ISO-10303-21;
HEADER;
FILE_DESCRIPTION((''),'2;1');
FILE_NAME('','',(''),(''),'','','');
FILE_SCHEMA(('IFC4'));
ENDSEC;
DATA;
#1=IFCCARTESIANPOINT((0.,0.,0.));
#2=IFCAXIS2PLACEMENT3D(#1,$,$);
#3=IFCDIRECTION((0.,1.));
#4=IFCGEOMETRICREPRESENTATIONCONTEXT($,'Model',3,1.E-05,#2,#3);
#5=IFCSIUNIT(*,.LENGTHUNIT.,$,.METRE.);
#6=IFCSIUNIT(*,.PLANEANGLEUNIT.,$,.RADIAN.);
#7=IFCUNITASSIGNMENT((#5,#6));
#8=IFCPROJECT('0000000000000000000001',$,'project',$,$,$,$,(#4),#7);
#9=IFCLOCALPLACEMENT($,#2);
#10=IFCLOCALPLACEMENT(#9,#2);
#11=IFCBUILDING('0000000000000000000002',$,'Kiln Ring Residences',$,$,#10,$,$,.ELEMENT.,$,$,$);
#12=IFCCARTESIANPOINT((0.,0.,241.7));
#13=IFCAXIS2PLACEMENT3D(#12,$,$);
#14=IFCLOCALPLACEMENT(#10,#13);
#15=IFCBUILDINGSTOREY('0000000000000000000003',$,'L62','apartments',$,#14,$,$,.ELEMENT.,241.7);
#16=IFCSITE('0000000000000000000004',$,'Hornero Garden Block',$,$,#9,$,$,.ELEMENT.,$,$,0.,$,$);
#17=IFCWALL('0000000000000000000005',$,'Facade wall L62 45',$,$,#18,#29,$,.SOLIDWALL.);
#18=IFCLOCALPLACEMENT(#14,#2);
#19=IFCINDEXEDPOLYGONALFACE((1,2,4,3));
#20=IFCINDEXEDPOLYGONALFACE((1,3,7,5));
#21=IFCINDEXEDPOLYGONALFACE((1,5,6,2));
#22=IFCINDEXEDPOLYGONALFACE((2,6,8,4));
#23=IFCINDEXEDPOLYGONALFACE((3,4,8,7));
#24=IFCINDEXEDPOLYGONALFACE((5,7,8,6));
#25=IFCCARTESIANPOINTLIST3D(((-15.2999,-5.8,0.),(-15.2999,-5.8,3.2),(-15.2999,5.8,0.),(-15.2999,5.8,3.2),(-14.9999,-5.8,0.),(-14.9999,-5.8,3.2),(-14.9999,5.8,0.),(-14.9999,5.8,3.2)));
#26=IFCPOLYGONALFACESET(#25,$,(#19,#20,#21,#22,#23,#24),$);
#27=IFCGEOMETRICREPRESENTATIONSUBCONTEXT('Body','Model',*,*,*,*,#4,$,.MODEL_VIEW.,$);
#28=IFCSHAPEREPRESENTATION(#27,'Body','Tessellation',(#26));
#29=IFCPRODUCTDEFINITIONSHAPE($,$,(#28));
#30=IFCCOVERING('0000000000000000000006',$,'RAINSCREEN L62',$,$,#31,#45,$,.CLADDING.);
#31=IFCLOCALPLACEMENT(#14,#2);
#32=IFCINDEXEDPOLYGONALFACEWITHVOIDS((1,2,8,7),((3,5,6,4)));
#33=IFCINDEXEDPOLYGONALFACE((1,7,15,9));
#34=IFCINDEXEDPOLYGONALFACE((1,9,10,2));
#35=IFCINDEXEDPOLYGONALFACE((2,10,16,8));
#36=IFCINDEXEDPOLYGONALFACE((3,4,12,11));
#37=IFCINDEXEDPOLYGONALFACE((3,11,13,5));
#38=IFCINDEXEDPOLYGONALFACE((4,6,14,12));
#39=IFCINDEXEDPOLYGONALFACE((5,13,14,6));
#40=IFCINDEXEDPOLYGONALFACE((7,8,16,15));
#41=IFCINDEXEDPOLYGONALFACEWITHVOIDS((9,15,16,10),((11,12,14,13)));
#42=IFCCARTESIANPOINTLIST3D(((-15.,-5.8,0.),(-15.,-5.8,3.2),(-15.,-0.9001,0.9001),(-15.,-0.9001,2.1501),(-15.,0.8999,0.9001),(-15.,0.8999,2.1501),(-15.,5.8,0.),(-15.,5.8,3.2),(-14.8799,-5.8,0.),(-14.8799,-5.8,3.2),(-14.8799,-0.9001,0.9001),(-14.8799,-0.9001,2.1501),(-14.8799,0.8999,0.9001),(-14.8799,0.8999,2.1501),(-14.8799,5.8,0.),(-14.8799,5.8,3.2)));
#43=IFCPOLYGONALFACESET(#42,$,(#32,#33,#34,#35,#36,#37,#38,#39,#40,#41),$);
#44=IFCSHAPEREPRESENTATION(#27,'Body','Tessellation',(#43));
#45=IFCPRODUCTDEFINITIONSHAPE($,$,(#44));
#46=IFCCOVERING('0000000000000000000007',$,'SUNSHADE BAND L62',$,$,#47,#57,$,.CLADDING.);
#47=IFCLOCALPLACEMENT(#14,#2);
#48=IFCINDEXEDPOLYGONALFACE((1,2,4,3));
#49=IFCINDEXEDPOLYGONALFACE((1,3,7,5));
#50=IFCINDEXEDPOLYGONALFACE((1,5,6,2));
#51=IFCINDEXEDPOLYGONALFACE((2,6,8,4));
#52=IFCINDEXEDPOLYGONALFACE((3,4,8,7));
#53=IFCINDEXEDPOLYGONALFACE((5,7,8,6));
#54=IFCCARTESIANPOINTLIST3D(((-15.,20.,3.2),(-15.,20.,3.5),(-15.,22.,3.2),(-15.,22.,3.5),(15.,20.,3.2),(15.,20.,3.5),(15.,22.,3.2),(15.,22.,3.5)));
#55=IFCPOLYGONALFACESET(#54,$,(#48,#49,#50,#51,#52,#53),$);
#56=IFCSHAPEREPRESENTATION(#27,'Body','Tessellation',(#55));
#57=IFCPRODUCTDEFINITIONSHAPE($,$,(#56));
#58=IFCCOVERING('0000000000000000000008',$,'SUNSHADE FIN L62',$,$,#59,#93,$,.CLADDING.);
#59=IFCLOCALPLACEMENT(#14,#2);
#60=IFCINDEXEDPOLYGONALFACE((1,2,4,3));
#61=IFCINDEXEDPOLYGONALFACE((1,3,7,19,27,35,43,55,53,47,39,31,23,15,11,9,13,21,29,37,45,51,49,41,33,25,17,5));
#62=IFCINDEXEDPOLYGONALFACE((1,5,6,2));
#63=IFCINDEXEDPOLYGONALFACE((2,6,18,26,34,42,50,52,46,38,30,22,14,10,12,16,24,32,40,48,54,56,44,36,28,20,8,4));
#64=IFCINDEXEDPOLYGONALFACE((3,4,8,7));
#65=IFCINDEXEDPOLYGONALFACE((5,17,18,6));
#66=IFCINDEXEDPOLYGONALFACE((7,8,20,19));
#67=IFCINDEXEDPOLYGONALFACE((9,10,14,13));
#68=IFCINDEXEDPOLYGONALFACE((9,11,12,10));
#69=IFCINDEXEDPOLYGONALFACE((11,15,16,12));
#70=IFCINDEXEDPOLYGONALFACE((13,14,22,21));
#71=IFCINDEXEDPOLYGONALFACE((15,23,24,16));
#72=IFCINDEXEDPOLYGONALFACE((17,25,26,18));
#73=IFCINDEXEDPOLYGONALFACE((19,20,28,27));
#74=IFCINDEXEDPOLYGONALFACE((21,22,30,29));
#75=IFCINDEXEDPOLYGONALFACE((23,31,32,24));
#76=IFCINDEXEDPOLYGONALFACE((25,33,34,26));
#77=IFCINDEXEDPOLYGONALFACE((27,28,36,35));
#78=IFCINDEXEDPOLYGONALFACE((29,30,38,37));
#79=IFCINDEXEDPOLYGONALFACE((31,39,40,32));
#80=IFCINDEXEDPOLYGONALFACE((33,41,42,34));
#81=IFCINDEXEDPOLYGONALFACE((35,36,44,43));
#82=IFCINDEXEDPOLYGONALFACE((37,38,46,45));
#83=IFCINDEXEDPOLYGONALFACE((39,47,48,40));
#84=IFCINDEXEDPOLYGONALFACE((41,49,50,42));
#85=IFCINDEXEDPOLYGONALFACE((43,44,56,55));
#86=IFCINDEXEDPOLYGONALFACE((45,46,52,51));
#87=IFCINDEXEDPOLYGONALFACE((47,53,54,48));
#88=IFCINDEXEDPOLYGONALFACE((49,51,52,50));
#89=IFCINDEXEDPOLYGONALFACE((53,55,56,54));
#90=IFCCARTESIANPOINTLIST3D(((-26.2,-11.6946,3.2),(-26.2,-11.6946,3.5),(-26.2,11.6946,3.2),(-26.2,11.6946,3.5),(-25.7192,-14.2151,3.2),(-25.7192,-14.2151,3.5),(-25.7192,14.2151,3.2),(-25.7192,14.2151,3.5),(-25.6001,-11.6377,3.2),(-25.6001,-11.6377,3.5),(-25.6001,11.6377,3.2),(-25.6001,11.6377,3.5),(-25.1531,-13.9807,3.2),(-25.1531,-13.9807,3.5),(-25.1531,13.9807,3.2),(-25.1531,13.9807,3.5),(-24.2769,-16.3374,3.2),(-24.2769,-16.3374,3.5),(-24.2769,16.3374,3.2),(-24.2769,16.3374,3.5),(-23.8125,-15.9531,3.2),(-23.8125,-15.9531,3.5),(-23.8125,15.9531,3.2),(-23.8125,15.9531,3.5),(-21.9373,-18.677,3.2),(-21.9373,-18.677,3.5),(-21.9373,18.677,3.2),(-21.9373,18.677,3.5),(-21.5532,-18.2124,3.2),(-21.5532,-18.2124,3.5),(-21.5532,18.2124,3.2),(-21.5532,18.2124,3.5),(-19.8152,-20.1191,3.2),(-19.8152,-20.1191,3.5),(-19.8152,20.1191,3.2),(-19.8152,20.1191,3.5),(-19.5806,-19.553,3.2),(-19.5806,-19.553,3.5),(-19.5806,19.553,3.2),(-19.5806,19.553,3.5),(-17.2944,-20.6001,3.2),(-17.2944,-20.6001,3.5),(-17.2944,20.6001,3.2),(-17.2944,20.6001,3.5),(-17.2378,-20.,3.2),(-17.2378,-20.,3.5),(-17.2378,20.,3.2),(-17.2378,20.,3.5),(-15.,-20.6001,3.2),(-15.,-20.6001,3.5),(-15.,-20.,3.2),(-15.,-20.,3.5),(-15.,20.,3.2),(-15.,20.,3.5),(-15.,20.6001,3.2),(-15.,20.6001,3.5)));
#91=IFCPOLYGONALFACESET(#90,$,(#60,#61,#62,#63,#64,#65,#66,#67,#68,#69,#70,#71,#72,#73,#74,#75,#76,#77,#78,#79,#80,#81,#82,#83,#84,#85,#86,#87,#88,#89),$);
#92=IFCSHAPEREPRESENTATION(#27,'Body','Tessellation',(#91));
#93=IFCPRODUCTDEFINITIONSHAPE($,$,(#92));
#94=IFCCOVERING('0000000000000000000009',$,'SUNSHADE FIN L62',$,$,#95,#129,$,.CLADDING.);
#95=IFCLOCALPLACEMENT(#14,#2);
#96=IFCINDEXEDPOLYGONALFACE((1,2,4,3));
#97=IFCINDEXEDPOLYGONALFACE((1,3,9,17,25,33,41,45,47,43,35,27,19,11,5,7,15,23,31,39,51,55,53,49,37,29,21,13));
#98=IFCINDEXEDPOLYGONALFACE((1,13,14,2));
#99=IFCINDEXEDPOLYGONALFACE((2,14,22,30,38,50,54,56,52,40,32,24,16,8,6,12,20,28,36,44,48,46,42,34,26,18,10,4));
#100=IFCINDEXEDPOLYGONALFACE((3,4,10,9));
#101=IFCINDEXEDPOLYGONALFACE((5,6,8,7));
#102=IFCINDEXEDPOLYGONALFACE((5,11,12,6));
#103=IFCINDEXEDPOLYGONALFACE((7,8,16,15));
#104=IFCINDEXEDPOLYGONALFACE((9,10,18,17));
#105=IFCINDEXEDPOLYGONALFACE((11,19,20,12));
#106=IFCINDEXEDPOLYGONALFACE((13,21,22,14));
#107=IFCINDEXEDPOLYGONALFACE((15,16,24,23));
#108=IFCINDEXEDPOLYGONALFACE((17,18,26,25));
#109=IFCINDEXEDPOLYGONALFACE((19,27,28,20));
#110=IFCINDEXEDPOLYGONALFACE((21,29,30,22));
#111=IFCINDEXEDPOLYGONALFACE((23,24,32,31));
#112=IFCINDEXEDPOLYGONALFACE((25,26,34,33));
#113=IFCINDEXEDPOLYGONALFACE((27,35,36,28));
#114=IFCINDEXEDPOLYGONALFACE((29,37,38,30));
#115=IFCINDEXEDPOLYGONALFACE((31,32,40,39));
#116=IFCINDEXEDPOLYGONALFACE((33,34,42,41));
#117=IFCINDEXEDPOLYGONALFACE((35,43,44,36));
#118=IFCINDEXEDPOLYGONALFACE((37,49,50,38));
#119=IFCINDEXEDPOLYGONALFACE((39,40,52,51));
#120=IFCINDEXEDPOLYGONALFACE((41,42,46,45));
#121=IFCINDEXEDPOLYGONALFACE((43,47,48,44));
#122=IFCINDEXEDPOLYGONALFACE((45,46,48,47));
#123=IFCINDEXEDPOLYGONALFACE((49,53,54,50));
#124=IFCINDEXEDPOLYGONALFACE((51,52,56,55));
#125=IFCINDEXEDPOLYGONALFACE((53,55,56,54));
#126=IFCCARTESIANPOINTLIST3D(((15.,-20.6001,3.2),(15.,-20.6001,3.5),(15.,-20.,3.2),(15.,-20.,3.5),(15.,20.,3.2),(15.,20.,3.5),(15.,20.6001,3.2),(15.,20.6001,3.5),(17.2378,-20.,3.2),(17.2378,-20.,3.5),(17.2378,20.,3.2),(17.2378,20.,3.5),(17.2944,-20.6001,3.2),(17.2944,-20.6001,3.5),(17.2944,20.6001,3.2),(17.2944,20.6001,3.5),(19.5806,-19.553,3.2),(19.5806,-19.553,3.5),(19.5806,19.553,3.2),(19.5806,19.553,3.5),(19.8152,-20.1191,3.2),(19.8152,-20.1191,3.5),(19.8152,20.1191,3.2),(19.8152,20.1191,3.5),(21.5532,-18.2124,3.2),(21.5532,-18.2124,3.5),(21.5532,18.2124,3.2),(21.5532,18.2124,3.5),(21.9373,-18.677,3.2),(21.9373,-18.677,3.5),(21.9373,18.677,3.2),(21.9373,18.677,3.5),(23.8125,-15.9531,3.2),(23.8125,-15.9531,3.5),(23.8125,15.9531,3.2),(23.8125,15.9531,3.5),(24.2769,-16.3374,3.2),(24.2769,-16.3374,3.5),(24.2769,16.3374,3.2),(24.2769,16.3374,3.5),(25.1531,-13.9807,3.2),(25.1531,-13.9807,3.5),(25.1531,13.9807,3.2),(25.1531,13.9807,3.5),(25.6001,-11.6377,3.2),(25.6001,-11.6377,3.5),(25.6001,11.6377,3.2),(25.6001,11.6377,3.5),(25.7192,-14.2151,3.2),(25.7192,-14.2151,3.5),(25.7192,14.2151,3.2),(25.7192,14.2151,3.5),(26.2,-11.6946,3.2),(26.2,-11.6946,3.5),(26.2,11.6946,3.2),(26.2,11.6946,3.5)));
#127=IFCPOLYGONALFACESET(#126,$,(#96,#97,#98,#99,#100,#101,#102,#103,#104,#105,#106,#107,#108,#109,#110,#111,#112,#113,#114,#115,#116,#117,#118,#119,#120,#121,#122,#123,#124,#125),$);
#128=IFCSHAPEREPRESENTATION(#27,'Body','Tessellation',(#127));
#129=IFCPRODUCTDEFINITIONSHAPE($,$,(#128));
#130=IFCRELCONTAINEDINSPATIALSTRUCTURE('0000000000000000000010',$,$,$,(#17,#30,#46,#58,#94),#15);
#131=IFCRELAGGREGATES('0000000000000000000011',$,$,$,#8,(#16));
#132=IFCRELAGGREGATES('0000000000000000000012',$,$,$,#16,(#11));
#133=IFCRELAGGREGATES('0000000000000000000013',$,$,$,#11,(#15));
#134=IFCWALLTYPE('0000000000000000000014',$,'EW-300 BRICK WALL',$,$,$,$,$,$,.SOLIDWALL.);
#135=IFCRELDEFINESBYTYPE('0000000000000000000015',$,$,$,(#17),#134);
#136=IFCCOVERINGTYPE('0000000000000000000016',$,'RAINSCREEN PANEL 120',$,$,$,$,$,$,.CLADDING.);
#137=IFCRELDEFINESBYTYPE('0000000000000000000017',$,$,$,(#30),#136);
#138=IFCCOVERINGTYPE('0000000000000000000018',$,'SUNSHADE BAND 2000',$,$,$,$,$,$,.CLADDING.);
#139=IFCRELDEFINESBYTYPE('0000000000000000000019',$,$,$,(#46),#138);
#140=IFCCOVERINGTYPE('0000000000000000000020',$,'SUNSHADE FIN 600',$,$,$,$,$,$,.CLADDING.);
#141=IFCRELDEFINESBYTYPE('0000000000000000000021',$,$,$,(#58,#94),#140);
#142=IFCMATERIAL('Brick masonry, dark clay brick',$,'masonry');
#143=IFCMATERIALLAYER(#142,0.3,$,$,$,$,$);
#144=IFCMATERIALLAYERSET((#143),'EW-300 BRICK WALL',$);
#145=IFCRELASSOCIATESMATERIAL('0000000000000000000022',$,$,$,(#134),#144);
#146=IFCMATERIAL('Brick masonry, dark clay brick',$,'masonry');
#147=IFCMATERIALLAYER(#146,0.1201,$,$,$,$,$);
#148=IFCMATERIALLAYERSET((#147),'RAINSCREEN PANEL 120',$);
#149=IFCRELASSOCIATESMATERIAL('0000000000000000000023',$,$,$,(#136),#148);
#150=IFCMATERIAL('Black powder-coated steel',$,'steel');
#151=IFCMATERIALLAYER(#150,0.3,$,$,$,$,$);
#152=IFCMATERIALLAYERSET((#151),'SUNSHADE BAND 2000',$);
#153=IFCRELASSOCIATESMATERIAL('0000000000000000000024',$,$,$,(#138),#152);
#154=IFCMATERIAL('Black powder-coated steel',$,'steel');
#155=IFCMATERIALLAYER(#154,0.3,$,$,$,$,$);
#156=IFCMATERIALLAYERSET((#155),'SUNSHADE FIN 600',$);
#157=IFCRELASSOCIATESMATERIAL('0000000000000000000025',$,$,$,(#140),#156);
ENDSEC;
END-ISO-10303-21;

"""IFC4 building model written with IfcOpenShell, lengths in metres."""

from ifc_helpers import new_model, si_unit, direction, frame, frame_2d, origin, place, context, subcontext, project, spatial, polyline, rectangle, outline, extrude, material, layer, layer_set, type_object, element, save


model = new_model("IFC4")

# Units and contexts
model_context = context("Model", 3, precision=1e-05, world=origin(), true_north=direction((0.0, 1.0)))
body_context = subcontext(model_context, "Body", "Model", "MODEL_VIEW")
ifc_project = project(units=[si_unit("LENGTHUNIT", "METRE"), si_unit("PLANEANGLEUNIT", "RADIAN")], contexts=[model_context])

# Site, building, storey
site_placement = place(None, origin())
site = spatial("IfcSite", under=ifc_project, at=site_placement, Name="Hornero Garden Block", CompositionType="ELEMENT", RefElevation=0.0)
building_placement = place(site_placement, origin())
building = spatial("IfcBuilding", under=site, at=building_placement, Name="Kiln Ring Residences", CompositionType="ELEMENT")
storey_placement = place(building_placement, frame((0.0, 0.0, 241.7)))
storey = spatial("IfcBuildingStorey", under=building, at=storey_placement, Name="L62", Description="apartments", CompositionType="ELEMENT", Elevation=241.7)

# Wall
ifc_material_1 = material(Name="Brick masonry, dark clay brick", Category="masonry")
ifc_layer_1 = layer(ifc_material_1, 0.3)
ifc_layer_set_1 = layer_set([ifc_layer_1], Name="EW-300 BRICK WALL")
wall_type = type_object("IfcWallType", Name="EW-300 BRICK WALL", PredefinedType="SOLIDWALL", material=ifc_layer_set_1)
wall_placement = place(storey_placement, frame((-15.1499, -5.8, 0.0), z_axis=(0.0, 0.0, 1.0), x_axis=(0.0, 1.0, 0.0)))
element("IfcWall", 1, at=wall_placement, inside=storey, type_object=wall_type, Name="Facade wall L62 45", PredefinedType="SOLIDWALL", context=body_context, shape_type="SweptSolid", body=[
    extrude(rectangle(XDim=11.6001, YDim=0.3, at=frame_2d((5.8, 0.0))), origin(), (0.0, 0.0, 1.0), 3.2),
])

# Coverings
ifc_material_2 = material(Name="Brick masonry, dark clay brick", Category="masonry")
ifc_layer_2 = layer(ifc_material_2, 0.1201)
ifc_layer_set_2 = layer_set([ifc_layer_2], Name="RAINSCREEN PANEL 120")
covering_type_1 = type_object("IfcCoveringType", Name="RAINSCREEN PANEL 120", PredefinedType="CLADDING", material=ifc_layer_set_2)
covering_1_placement = place(storey_placement, frame((-14.9399, -5.8, 0.0), z_axis=(0.0, 0.0, 1.0), x_axis=(0.0, 1.0, 0.0)))
element("IfcCovering", 2, at=covering_1_placement, inside=storey, type_object=covering_type_1, Name="RAINSCREEN L62", PredefinedType="CLADDING", context=body_context, shape_type="SweptSolid", body=[
    extrude(outline(polyline([(0.0, 0.0), (11.6001, 0.0), (11.6001, 3.2), (0.0, 3.2), (0.0, 0.0)]), holes=[polyline([(4.8999, 2.1501), (4.8999, 0.9001), (6.7, 0.9001), (6.7, 2.1501), (4.8999, 2.1501)])]), frame((0.0, 0.0601, 0.0), z_axis=(0.0, -1.0, 0.0), x_axis=(1.0, 0.0, 0.0)), (0.0, 0.0, 1.0), 0.1201),
])
ifc_material_3 = material(Name="Black powder-coated steel", Category="steel")
ifc_layer_3 = layer(ifc_material_3, 0.3)
ifc_layer_set_3 = layer_set([ifc_layer_3], Name="SUNSHADE BAND 2000")
covering_type_2 = type_object("IfcCoveringType", Name="SUNSHADE BAND 2000", PredefinedType="CLADDING", material=ifc_layer_set_3)
placement = place(storey_placement, frame((0.0, 0.0, 3.2)))
element("IfcCovering", 3, at=placement, inside=storey, type_object=covering_type_2, Name="SUNSHADE BAND L62", PredefinedType="CLADDING", context=body_context, shape_type="SweptSolid", body=[
    extrude(outline(polyline([(15.0, 22.0), (-15.0, 22.0), (-15.0, 20.0), (15.0, 20.0), (15.0, 22.0)])), origin(), (0.0, 0.0, 1.0), 0.3),
])
ifc_material_4 = material(Name="Black powder-coated steel", Category="steel")
ifc_layer_4 = layer(ifc_material_4, 0.3)
ifc_layer_set_4 = layer_set([ifc_layer_4], Name="SUNSHADE FIN 600")
covering_type_3 = type_object("IfcCoveringType", Name="SUNSHADE FIN 600", PredefinedType="CLADDING", material=ifc_layer_set_4)
element("IfcCovering", 4, at=placement, inside=storey, type_object=covering_type_3, Name="SUNSHADE FIN L62", PredefinedType="CLADDING", context=body_context, shape_type="SweptSolid", body=[
    extrude(outline(polyline([(-26.2, -11.6946), (-25.7192, -14.2151), (-24.2769, -16.3374), (-21.9373, -18.677), (-19.8152, -20.1191), (-17.2944, -20.6001), (-15.0, -20.6001), (-15.0, -20.0), (-17.2378, -20.0), (-19.5806, -19.553), (-21.5532, -18.2124), (-23.8125, -15.9531), (-25.1531, -13.9807), (-25.6001, -11.6377), (-25.6001, 11.6377), (-25.1531, 13.9807), (-23.8125, 15.9531), (-21.5532, 18.2124), (-19.5806, 19.553), (-17.2378, 20.0), (-15.0, 20.0), (-15.0, 20.6001), (-17.2944, 20.6001), (-19.8152, 20.1191), (-21.9373, 18.677), (-24.2769, 16.3374), (-25.7192, 14.2151), (-26.2, 11.6946), (-26.2, -11.6946)])), origin(), (0.0, 0.0, 1.0), 0.3),
])
element("IfcCovering", 5, at=placement, inside=storey, type_object=covering_type_3, Name="SUNSHADE FIN L62", PredefinedType="CLADDING", context=body_context, shape_type="SweptSolid", body=[
    extrude(outline(polyline([(17.2944, 20.6001), (15.0, 20.6001), (15.0, 20.0), (17.2378, 20.0), (19.5806, 19.553), (21.5532, 18.2124), (23.8125, 15.9531), (25.1531, 13.9807), (25.6001, 11.6377), (25.6001, -11.6377), (25.1531, -13.9807), (23.8125, -15.9531), (21.5532, -18.2124), (19.5806, -19.553), (17.2378, -20.0), (15.0, -20.0), (15.0, -20.6001), (17.2944, -20.6001), (19.8152, -20.1191), (21.9373, -18.677), (24.2769, -16.3374), (25.7192, -14.2151), (26.2, -11.6946), (26.2, 11.6946), (25.7192, 14.2151), (24.2769, 16.3374), (21.9373, 18.677), (19.8152, 20.1191), (17.2944, 20.6001)])), origin(), (0.0, 0.0, 1.0), 0.3),
])

save(model, "model.ifc")
